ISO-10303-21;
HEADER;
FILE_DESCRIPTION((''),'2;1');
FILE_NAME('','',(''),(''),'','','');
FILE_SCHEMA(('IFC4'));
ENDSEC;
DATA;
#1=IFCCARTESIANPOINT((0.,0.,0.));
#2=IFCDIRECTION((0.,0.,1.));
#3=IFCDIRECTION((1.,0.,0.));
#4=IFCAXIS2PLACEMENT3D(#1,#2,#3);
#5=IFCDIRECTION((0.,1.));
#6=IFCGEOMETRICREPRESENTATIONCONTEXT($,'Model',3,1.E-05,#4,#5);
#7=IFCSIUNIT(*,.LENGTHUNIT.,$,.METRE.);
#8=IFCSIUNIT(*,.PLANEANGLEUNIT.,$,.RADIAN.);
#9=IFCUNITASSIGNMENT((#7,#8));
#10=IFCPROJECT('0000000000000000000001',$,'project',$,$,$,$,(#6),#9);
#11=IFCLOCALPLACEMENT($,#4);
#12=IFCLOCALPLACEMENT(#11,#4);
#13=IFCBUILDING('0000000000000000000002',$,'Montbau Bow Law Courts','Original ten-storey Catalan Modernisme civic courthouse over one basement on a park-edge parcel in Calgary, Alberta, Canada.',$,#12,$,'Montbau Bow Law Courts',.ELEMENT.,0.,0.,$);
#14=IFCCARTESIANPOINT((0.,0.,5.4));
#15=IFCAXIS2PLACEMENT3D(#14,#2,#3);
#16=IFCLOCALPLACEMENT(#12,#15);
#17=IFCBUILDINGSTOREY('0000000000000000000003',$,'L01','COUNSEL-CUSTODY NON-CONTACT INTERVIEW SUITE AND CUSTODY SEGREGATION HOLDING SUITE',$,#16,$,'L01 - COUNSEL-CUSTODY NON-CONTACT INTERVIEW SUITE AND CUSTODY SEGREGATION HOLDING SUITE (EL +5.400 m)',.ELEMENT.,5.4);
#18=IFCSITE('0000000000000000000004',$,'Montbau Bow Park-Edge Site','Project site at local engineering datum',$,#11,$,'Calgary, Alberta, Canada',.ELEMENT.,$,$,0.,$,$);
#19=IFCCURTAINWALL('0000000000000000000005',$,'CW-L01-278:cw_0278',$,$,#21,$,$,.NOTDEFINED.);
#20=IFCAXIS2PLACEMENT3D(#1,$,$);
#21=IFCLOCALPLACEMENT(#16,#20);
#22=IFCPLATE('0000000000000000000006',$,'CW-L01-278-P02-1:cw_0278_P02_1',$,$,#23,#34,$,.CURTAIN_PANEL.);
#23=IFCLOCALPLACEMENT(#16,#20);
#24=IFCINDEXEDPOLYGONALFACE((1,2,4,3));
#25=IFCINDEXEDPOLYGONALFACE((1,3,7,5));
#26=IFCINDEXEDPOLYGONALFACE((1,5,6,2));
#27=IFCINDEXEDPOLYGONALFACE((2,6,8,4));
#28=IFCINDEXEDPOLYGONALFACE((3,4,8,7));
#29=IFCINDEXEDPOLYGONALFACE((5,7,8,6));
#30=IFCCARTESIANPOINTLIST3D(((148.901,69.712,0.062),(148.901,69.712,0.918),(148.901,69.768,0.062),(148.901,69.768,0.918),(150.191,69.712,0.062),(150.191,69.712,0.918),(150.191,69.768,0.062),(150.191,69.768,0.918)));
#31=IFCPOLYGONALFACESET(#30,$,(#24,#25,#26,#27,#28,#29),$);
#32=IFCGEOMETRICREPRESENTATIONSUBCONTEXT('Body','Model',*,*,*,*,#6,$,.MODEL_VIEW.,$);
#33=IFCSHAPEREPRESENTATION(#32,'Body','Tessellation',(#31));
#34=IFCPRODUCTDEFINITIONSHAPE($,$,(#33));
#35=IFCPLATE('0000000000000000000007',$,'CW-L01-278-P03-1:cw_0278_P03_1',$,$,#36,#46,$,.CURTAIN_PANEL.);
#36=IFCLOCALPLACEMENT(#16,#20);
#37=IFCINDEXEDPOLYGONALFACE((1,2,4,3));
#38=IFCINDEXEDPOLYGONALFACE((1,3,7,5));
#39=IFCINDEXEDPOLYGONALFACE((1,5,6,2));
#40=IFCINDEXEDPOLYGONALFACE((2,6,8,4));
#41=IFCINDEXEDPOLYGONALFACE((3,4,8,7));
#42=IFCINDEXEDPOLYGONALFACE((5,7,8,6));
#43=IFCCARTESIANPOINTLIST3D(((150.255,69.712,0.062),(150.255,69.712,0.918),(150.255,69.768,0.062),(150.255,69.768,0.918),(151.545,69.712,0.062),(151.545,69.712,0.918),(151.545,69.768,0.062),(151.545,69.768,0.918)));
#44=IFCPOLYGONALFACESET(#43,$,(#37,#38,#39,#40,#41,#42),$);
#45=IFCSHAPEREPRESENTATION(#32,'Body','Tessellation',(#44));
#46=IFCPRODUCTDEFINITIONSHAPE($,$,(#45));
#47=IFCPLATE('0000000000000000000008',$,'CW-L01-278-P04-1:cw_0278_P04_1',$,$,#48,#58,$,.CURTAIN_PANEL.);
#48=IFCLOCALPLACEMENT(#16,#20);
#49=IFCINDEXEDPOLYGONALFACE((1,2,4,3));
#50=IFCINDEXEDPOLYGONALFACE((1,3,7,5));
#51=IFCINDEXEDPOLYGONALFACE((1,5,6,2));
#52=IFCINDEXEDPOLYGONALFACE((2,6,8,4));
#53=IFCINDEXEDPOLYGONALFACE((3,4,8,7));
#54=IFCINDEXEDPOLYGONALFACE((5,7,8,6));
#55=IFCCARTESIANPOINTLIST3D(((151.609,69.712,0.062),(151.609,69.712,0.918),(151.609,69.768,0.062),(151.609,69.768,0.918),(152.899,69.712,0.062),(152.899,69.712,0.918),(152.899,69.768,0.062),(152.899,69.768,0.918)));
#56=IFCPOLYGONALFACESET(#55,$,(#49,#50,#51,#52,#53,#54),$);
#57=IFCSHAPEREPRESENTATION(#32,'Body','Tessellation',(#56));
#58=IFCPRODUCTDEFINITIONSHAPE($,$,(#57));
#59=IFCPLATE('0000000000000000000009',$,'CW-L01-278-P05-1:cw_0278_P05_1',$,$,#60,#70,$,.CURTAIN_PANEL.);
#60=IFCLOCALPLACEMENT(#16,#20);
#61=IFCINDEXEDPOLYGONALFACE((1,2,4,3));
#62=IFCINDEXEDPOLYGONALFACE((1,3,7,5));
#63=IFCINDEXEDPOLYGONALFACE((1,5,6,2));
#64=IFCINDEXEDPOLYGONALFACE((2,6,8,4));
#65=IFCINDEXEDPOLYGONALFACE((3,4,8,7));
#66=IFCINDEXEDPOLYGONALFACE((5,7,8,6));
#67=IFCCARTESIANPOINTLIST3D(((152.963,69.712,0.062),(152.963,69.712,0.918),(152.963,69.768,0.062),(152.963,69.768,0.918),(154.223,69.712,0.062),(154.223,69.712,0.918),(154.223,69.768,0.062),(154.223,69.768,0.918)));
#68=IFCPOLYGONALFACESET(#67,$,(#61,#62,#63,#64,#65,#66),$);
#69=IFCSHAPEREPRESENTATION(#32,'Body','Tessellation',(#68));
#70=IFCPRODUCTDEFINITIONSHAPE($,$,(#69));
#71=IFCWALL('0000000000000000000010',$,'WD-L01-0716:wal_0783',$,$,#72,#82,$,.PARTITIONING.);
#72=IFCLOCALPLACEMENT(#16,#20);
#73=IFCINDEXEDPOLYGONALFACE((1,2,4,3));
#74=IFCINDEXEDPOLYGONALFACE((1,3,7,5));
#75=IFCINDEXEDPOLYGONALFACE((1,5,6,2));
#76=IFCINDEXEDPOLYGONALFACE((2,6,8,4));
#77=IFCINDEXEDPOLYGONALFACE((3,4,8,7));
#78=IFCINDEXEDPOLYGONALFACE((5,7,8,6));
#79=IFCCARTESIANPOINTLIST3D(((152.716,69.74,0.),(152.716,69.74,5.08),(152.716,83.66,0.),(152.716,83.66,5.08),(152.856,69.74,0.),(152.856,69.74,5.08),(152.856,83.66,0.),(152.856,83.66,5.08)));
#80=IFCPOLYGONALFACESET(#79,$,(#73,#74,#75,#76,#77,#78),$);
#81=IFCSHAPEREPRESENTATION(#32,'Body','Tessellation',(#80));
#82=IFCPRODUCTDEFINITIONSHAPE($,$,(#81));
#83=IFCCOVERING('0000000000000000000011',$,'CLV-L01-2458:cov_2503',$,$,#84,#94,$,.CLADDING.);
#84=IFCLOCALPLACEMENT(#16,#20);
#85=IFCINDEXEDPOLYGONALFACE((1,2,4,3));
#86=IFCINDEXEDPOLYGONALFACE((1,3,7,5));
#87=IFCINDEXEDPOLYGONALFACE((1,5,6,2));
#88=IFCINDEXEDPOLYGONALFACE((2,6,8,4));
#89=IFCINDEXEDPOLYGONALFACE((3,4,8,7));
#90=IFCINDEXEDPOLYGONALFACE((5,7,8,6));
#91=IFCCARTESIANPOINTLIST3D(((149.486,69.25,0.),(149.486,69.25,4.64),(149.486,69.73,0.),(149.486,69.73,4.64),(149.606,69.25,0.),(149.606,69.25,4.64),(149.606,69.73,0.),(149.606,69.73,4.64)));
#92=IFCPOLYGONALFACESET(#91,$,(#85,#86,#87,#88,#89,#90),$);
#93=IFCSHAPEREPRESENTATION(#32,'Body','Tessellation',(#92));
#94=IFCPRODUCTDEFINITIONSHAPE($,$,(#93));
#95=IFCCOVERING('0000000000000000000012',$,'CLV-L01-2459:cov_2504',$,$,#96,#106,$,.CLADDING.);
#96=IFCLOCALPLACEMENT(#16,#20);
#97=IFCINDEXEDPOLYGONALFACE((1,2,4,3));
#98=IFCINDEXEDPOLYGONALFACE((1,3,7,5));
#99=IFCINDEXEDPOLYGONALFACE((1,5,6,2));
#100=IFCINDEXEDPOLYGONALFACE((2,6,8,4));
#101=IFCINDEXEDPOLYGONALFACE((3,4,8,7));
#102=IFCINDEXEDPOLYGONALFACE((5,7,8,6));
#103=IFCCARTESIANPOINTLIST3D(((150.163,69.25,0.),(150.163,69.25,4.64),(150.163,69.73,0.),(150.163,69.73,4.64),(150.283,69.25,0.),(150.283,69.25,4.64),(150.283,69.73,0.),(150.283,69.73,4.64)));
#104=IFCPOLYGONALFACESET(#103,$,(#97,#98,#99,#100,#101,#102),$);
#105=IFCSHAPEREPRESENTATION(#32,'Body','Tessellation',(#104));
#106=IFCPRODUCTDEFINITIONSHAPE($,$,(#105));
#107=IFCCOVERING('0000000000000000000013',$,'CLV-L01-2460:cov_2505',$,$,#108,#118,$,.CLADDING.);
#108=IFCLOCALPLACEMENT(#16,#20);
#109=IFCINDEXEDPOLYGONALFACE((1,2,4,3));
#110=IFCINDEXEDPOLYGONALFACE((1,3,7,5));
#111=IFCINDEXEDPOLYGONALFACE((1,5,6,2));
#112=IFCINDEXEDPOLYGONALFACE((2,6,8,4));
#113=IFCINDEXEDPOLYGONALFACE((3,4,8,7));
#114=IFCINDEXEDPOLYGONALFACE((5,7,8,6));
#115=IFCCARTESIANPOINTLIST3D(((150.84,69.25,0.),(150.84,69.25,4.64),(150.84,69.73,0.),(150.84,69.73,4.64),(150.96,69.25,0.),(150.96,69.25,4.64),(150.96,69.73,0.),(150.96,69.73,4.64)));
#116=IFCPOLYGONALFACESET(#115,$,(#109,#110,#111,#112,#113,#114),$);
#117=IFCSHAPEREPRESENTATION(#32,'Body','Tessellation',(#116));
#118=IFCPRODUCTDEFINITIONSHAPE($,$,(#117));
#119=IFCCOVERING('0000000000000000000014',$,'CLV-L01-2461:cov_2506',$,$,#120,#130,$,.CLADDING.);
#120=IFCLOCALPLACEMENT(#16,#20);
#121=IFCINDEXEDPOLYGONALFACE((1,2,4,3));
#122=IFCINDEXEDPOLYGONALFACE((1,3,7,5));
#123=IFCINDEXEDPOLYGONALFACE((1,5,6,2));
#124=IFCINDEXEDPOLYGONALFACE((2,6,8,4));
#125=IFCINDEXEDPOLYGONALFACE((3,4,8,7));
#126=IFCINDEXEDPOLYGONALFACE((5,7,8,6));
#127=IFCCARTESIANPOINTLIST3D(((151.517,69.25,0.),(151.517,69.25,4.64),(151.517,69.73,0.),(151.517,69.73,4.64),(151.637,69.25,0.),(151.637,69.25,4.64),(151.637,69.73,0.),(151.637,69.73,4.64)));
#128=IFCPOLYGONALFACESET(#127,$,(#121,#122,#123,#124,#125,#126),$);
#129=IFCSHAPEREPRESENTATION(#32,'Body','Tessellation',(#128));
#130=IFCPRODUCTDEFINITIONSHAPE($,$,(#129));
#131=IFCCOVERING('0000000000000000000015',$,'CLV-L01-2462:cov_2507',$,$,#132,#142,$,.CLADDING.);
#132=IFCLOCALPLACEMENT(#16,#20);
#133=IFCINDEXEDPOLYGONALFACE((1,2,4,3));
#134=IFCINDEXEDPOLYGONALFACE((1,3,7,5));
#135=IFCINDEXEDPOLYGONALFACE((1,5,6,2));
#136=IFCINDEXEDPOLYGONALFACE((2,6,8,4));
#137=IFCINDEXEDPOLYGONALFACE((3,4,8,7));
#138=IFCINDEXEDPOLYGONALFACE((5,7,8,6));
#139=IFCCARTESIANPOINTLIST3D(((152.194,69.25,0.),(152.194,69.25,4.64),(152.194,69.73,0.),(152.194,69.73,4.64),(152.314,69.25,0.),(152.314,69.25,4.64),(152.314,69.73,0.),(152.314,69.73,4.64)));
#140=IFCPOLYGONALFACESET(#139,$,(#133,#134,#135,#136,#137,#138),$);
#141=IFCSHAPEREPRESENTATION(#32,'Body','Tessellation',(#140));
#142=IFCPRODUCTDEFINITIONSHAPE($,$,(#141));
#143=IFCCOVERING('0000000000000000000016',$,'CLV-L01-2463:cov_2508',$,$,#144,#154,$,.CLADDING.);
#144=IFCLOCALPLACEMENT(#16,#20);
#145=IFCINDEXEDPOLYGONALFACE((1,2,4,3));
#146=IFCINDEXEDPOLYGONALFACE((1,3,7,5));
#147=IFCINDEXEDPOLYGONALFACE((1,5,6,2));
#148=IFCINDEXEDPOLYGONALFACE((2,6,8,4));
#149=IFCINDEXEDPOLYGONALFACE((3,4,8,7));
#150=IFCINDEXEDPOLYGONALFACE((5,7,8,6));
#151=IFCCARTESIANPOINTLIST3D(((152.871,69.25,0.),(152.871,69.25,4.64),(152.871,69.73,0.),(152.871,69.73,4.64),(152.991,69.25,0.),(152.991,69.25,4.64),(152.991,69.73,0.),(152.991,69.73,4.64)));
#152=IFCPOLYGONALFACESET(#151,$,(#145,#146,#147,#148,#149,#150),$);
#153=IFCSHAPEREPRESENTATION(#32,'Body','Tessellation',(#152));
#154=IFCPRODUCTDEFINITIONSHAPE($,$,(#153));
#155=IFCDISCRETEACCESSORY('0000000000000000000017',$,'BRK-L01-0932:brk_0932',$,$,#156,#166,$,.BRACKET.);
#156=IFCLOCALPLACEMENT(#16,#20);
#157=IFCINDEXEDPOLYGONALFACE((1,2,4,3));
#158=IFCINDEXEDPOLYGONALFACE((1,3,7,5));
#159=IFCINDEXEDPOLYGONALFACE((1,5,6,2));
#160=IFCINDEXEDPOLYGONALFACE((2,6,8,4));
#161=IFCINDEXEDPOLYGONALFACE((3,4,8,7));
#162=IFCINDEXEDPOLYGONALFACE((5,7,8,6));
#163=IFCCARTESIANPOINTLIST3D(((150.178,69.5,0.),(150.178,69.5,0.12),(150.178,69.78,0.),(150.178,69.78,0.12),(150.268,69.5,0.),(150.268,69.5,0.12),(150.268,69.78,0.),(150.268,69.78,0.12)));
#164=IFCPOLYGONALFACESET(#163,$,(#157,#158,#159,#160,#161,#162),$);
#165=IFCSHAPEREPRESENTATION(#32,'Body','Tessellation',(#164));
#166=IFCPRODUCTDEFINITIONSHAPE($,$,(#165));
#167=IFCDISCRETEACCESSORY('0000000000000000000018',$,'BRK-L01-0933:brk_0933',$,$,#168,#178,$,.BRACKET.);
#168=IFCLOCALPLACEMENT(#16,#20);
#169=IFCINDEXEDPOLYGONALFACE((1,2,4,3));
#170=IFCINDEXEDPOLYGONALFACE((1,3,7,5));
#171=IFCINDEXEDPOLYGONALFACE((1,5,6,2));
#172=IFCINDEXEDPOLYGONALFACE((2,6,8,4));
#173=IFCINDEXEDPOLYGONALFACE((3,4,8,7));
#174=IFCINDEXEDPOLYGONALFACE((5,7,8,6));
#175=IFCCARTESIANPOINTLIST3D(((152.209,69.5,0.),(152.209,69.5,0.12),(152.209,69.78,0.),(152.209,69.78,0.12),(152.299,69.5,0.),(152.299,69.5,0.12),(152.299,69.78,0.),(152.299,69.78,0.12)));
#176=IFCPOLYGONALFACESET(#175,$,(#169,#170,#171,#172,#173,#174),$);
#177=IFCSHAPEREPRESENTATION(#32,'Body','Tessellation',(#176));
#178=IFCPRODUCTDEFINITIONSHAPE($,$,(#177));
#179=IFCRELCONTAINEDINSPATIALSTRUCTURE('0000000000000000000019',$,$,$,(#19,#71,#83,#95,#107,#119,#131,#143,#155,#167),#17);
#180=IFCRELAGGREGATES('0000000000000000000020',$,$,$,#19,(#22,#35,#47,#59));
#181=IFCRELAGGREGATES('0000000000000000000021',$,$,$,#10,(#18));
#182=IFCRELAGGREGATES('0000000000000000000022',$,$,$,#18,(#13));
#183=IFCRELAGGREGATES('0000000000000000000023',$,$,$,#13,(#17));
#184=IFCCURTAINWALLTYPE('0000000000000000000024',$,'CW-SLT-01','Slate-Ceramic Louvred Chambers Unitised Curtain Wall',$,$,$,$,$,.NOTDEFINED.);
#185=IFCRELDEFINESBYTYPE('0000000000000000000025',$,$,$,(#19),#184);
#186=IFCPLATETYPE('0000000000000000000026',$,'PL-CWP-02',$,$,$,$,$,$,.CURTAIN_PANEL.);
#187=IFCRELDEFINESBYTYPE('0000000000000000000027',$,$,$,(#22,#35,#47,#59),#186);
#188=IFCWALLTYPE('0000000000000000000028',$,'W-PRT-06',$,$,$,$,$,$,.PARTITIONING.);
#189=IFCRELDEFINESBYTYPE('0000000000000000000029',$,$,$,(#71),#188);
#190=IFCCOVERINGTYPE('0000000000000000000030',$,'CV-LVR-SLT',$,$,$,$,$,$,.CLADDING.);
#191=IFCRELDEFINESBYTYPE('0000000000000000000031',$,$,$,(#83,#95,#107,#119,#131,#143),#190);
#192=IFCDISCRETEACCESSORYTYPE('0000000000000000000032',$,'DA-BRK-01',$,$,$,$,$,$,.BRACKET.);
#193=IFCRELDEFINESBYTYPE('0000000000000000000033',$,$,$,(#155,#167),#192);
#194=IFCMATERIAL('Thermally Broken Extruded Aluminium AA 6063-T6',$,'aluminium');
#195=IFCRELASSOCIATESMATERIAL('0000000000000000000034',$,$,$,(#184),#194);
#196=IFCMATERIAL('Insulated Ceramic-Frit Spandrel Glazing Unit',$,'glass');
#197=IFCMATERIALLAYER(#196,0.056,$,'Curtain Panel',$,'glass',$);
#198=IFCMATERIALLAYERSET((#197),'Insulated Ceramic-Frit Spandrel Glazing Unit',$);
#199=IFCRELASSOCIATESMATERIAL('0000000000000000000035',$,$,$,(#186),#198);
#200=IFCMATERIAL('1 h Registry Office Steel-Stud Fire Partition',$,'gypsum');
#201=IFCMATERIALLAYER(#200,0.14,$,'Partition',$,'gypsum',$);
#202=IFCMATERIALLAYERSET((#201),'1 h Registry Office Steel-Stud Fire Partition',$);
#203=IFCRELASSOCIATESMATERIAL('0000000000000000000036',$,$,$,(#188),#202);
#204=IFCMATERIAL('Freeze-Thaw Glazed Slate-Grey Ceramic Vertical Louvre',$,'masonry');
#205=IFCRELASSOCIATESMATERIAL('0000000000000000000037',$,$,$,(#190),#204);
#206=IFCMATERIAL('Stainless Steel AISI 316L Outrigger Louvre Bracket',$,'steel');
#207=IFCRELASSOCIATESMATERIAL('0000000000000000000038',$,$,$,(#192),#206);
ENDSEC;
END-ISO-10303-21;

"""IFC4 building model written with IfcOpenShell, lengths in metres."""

from ifc_helpers import new_model, si_unit, direction, frame, frame_2d, origin_with_axes, origin_2d_with_axis, place, context, subcontext, project, spatial, rectangle, extrude, material, layer, layer_set, type_object, element, aggregate, save


model = new_model("IFC4")

# Units and contexts
model_context = context("Model", 3, precision=1e-05, world=origin_with_axes(), true_north=direction((0.0, 1.0)))
body_context = subcontext(model_context, "Body", "Model", "MODEL_VIEW")
ifc_project = project(units=[si_unit("LENGTHUNIT", "METRE"), si_unit("PLANEANGLEUNIT", "RADIAN")], contexts=[model_context])

# Site, building, storey
site_placement = place(None, origin_with_axes())
site = spatial("IfcSite", under=ifc_project, at=site_placement, Name="Montbau Bow Park-Edge Site", Description="Project site at local engineering datum", LongName="Calgary, Alberta, Canada", CompositionType="ELEMENT", RefElevation=0.0)
building_placement = place(site_placement, origin_with_axes())
building = spatial("IfcBuilding", under=site, at=building_placement, Name="Montbau Bow Law Courts", Description="Original ten-storey Catalan Modernisme civic courthouse over one basement on a park-edge parcel in Calgary, Alberta, Canada.", LongName="Montbau Bow Law Courts", CompositionType="ELEMENT", ElevationOfRefHeight=0.0, ElevationOfTerrain=0.0)
storey_placement = place(building_placement, frame((0.0, 0.0, 5.4), z_axis=(0.0, 0.0, 1.0), x_axis=(1.0, 0.0, 0.0)))
storey = spatial("IfcBuildingStorey", under=building, at=storey_placement, Name="L01", Description="COUNSEL-CUSTODY NON-CONTACT INTERVIEW SUITE AND CUSTODY SEGREGATION HOLDING SUITE", LongName="L01 - COUNSEL-CUSTODY NON-CONTACT INTERVIEW SUITE AND CUSTODY SEGREGATION HOLDING SUITE (EL +5.400 m)", CompositionType="ELEMENT", Elevation=5.4)

# Curtain wall, plates
ifc_material_1 = material(Name="Thermally Broken Extruded Aluminium AA 6063-T6", Category="aluminium")
curtain_wall_type = type_object("IfcCurtainWallType", Name="CW-SLT-01", Description="Slate-Ceramic Louvred Chambers Unitised Curtain Wall", PredefinedType="NOTDEFINED", material=ifc_material_1)
curtain_wall_placement = place(None, frame((147.515, 69.74, 5.4), z_axis=(0.0, 0.0, 1.0), x_axis=(1.0, 0.0, 0.0)))
curtain_wall = element("IfcCurtainWall", 1, at=curtain_wall_placement, inside=storey, type_object=curtain_wall_type, Name="CW-L01-278:cw_0278", PredefinedType="NOTDEFINED")
ifc_material_2 = material(Name="Insulated Ceramic-Frit Spandrel Glazing Unit", Category="glass")
ifc_layer_1 = layer(ifc_material_2, 0.056, Name="Curtain Panel", Category="glass")
ifc_layer_set_1 = layer_set([ifc_layer_1], Name="Insulated Ceramic-Frit Spandrel Glazing Unit")
plate_type_1 = type_object("IfcPlateType", Name="PL-CWP-02", PredefinedType="CURTAIN_PANEL", material=ifc_layer_set_1)
plate_1_placement = place(None, frame((148.901, 69.74, 5.462), z_axis=(0.0, -1.0, 0.0), x_axis=(1.0, 0.0, 0.0)))
plate_1 = element("IfcPlate", 2, at=plate_1_placement, type_object=plate_type_1, Name="CW-L01-278-P02-1:cw_0278_P02_1", PredefinedType="CURTAIN_PANEL", context=body_context, shape_type="SweptSolid", body=[
    extrude(rectangle(XDim=1.29, YDim=0.856, at=frame_2d((0.645, 0.428), x_axis=(1.0, 0.0))), frame((0.0, 0.0, -0.028), z_axis=(0.0, 0.0, 1.0), x_axis=(1.0, 0.0, 0.0)), (0.0, 0.0, 1.0), 0.056),
])
plate_2_placement = place(None, frame((150.255, 69.74, 5.462), z_axis=(0.0, -1.0, 0.0), x_axis=(1.0, 0.0, 0.0)))
plate_2 = element("IfcPlate", 3, at=plate_2_placement, type_object=plate_type_1, Name="CW-L01-278-P03-1:cw_0278_P03_1", PredefinedType="CURTAIN_PANEL", context=body_context, shape_type="SweptSolid", body=[
    extrude(rectangle(XDim=1.29, YDim=0.856, at=frame_2d((0.645, 0.428), x_axis=(1.0, 0.0))), frame((0.0, 0.0, -0.028), z_axis=(0.0, 0.0, 1.0), x_axis=(1.0, 0.0, 0.0)), (0.0, 0.0, 1.0), 0.056),
])
plate_3_placement = place(None, frame((151.609, 69.74, 5.462), z_axis=(0.0, -1.0, 0.0), x_axis=(1.0, 0.0, 0.0)))
plate_3 = element("IfcPlate", 4, at=plate_3_placement, type_object=plate_type_1, Name="CW-L01-278-P04-1:cw_0278_P04_1", PredefinedType="CURTAIN_PANEL", context=body_context, shape_type="SweptSolid", body=[
    extrude(rectangle(XDim=1.29, YDim=0.856, at=frame_2d((0.645, 0.428), x_axis=(1.0, 0.0))), frame((0.0, 0.0, -0.028), z_axis=(0.0, 0.0, 1.0), x_axis=(1.0, 0.0, 0.0)), (0.0, 0.0, 1.0), 0.056),
])
plate_4_placement = place(None, frame((152.963, 69.74, 5.462), z_axis=(0.0, -1.0, 0.0), x_axis=(1.0, 0.0, 0.0)))
plate_4 = element("IfcPlate", 5, at=plate_4_placement, type_object=plate_type_1, Name="CW-L01-278-P05-1:cw_0278_P05_1", PredefinedType="CURTAIN_PANEL", context=body_context, shape_type="SweptSolid", body=[
    extrude(rectangle(XDim=1.26, YDim=0.856, at=frame_2d((0.63, 0.428), x_axis=(1.0, 0.0))), frame((0.0, 0.0, -0.028), z_axis=(0.0, 0.0, 1.0), x_axis=(1.0, 0.0, 0.0)), (0.0, 0.0, 1.0), 0.056),
])
aggregate(curtain_wall, [plate_1, plate_2, plate_3, plate_4])

# Wall
ifc_material_3 = material(Name="1 h Registry Office Steel-Stud Fire Partition", Category="gypsum")
ifc_layer_2 = layer(ifc_material_3, 0.14, Name="Partition", Category="gypsum")
ifc_layer_set_2 = layer_set([ifc_layer_2], Name="1 h Registry Office Steel-Stud Fire Partition")
wall_type = type_object("IfcWallType", Name="W-PRT-06", PredefinedType="PARTITIONING", material=ifc_layer_set_2)
wall_placement = place(None, frame((152.786, 69.74, 5.4), z_axis=(0.0, 0.0, 1.0), x_axis=(0.0, 1.0, 0.0)))
element("IfcWall", 6, at=wall_placement, inside=storey, type_object=wall_type, Name="WD-L01-0716:wal_0783", PredefinedType="PARTITIONING", context=body_context, shape_type="SweptSolid", body=[
    extrude(rectangle(XDim=13.92, YDim=0.14, at=frame_2d((6.96, 0.0), x_axis=(1.0, 0.0))), origin_with_axes(), (0.0, 0.0, 1.0), 5.08),
])

# Coverings
ifc_material_4 = material(Name="Freeze-Thaw Glazed Slate-Grey Ceramic Vertical Louvre", Category="masonry")
covering_type = type_object("IfcCoveringType", Name="CV-LVR-SLT", PredefinedType="CLADDING", material=ifc_material_4)
for number, where, z_axis, x_axis, name in (
    (7, (149.546, 69.73, 5.4), (-1.0, 0.0, 0.0), (0.0, -1.0, 0.0), "CLV-L01-2458:cov_2503"),
    (8, (150.223, 69.73, 5.4), (-1.0, 0.0, 0.0), (0.0, -1.0, 0.0), "CLV-L01-2459:cov_2504"),
    (9, (150.9, 69.73, 5.4), (-1.0, 0.0, 0.0), (0.0, -1.0, 0.0), "CLV-L01-2460:cov_2505"),
    (10, (151.577, 69.73, 5.4), (-1.0, 0.0, 0.0), (0.0, -1.0, 0.0), "CLV-L01-2461:cov_2506"),
    (11, (152.254, 69.73, 5.4), (-1.0, 0.0, 0.0), (0.0, -1.0, 0.0), "CLV-L01-2462:cov_2507"),
    (12, (152.931, 69.73, 5.4), (-1.0, 0.0, 0.0), (0.0, -1.0, 0.0), "CLV-L01-2463:cov_2508"),
):
    element("IfcCovering", number, at=place(None, frame(where, z_axis=z_axis, x_axis=x_axis)), inside=storey, type_object=covering_type, Name=name, PredefinedType="CLADDING", context=body_context, shape_type="SweptSolid", body=[
        extrude(rectangle(XDim=0.48, YDim=4.64, at=frame_2d((0.24, 2.32), x_axis=(1.0, 0.0))), frame((0.0, 0.0, -0.06), z_axis=(0.0, 0.0, 1.0), x_axis=(1.0, 0.0, 0.0)), (0.0, 0.0, 1.0), 0.12),
    ])

# Discrete accessories
ifc_material_5 = material(Name="Stainless Steel AISI 316L Outrigger Louvre Bracket", Category="steel")
discrete_accessory_type = type_object("IfcDiscreteAccessoryType", Name="DA-BRK-01", PredefinedType="BRACKET", material=ifc_material_5)
for number, where, z_axis, x_axis, name in (
    (13, (150.223, 69.64, 5.4), (0.0, 0.0, 1.0), (0.0, -1.0, 0.0), "BRK-L01-0932:brk_0932"),
    (14, (152.254, 69.64, 5.4), (0.0, 0.0, 1.0), (0.0, -1.0, 0.0), "BRK-L01-0933:brk_0933"),
):
    element("IfcDiscreteAccessory", number, at=place(None, frame(where, z_axis=z_axis, x_axis=x_axis)), inside=storey, type_object=discrete_accessory_type, Name=name, PredefinedType="BRACKET", context=body_context, shape_type="SweptSolid", body=[
        extrude(rectangle(XDim=0.28, YDim=0.09, at=origin_2d_with_axis()), origin_with_axes(), (0.0, 0.0, 1.0), 0.12),
    ])

save(model, "model.ifc")
